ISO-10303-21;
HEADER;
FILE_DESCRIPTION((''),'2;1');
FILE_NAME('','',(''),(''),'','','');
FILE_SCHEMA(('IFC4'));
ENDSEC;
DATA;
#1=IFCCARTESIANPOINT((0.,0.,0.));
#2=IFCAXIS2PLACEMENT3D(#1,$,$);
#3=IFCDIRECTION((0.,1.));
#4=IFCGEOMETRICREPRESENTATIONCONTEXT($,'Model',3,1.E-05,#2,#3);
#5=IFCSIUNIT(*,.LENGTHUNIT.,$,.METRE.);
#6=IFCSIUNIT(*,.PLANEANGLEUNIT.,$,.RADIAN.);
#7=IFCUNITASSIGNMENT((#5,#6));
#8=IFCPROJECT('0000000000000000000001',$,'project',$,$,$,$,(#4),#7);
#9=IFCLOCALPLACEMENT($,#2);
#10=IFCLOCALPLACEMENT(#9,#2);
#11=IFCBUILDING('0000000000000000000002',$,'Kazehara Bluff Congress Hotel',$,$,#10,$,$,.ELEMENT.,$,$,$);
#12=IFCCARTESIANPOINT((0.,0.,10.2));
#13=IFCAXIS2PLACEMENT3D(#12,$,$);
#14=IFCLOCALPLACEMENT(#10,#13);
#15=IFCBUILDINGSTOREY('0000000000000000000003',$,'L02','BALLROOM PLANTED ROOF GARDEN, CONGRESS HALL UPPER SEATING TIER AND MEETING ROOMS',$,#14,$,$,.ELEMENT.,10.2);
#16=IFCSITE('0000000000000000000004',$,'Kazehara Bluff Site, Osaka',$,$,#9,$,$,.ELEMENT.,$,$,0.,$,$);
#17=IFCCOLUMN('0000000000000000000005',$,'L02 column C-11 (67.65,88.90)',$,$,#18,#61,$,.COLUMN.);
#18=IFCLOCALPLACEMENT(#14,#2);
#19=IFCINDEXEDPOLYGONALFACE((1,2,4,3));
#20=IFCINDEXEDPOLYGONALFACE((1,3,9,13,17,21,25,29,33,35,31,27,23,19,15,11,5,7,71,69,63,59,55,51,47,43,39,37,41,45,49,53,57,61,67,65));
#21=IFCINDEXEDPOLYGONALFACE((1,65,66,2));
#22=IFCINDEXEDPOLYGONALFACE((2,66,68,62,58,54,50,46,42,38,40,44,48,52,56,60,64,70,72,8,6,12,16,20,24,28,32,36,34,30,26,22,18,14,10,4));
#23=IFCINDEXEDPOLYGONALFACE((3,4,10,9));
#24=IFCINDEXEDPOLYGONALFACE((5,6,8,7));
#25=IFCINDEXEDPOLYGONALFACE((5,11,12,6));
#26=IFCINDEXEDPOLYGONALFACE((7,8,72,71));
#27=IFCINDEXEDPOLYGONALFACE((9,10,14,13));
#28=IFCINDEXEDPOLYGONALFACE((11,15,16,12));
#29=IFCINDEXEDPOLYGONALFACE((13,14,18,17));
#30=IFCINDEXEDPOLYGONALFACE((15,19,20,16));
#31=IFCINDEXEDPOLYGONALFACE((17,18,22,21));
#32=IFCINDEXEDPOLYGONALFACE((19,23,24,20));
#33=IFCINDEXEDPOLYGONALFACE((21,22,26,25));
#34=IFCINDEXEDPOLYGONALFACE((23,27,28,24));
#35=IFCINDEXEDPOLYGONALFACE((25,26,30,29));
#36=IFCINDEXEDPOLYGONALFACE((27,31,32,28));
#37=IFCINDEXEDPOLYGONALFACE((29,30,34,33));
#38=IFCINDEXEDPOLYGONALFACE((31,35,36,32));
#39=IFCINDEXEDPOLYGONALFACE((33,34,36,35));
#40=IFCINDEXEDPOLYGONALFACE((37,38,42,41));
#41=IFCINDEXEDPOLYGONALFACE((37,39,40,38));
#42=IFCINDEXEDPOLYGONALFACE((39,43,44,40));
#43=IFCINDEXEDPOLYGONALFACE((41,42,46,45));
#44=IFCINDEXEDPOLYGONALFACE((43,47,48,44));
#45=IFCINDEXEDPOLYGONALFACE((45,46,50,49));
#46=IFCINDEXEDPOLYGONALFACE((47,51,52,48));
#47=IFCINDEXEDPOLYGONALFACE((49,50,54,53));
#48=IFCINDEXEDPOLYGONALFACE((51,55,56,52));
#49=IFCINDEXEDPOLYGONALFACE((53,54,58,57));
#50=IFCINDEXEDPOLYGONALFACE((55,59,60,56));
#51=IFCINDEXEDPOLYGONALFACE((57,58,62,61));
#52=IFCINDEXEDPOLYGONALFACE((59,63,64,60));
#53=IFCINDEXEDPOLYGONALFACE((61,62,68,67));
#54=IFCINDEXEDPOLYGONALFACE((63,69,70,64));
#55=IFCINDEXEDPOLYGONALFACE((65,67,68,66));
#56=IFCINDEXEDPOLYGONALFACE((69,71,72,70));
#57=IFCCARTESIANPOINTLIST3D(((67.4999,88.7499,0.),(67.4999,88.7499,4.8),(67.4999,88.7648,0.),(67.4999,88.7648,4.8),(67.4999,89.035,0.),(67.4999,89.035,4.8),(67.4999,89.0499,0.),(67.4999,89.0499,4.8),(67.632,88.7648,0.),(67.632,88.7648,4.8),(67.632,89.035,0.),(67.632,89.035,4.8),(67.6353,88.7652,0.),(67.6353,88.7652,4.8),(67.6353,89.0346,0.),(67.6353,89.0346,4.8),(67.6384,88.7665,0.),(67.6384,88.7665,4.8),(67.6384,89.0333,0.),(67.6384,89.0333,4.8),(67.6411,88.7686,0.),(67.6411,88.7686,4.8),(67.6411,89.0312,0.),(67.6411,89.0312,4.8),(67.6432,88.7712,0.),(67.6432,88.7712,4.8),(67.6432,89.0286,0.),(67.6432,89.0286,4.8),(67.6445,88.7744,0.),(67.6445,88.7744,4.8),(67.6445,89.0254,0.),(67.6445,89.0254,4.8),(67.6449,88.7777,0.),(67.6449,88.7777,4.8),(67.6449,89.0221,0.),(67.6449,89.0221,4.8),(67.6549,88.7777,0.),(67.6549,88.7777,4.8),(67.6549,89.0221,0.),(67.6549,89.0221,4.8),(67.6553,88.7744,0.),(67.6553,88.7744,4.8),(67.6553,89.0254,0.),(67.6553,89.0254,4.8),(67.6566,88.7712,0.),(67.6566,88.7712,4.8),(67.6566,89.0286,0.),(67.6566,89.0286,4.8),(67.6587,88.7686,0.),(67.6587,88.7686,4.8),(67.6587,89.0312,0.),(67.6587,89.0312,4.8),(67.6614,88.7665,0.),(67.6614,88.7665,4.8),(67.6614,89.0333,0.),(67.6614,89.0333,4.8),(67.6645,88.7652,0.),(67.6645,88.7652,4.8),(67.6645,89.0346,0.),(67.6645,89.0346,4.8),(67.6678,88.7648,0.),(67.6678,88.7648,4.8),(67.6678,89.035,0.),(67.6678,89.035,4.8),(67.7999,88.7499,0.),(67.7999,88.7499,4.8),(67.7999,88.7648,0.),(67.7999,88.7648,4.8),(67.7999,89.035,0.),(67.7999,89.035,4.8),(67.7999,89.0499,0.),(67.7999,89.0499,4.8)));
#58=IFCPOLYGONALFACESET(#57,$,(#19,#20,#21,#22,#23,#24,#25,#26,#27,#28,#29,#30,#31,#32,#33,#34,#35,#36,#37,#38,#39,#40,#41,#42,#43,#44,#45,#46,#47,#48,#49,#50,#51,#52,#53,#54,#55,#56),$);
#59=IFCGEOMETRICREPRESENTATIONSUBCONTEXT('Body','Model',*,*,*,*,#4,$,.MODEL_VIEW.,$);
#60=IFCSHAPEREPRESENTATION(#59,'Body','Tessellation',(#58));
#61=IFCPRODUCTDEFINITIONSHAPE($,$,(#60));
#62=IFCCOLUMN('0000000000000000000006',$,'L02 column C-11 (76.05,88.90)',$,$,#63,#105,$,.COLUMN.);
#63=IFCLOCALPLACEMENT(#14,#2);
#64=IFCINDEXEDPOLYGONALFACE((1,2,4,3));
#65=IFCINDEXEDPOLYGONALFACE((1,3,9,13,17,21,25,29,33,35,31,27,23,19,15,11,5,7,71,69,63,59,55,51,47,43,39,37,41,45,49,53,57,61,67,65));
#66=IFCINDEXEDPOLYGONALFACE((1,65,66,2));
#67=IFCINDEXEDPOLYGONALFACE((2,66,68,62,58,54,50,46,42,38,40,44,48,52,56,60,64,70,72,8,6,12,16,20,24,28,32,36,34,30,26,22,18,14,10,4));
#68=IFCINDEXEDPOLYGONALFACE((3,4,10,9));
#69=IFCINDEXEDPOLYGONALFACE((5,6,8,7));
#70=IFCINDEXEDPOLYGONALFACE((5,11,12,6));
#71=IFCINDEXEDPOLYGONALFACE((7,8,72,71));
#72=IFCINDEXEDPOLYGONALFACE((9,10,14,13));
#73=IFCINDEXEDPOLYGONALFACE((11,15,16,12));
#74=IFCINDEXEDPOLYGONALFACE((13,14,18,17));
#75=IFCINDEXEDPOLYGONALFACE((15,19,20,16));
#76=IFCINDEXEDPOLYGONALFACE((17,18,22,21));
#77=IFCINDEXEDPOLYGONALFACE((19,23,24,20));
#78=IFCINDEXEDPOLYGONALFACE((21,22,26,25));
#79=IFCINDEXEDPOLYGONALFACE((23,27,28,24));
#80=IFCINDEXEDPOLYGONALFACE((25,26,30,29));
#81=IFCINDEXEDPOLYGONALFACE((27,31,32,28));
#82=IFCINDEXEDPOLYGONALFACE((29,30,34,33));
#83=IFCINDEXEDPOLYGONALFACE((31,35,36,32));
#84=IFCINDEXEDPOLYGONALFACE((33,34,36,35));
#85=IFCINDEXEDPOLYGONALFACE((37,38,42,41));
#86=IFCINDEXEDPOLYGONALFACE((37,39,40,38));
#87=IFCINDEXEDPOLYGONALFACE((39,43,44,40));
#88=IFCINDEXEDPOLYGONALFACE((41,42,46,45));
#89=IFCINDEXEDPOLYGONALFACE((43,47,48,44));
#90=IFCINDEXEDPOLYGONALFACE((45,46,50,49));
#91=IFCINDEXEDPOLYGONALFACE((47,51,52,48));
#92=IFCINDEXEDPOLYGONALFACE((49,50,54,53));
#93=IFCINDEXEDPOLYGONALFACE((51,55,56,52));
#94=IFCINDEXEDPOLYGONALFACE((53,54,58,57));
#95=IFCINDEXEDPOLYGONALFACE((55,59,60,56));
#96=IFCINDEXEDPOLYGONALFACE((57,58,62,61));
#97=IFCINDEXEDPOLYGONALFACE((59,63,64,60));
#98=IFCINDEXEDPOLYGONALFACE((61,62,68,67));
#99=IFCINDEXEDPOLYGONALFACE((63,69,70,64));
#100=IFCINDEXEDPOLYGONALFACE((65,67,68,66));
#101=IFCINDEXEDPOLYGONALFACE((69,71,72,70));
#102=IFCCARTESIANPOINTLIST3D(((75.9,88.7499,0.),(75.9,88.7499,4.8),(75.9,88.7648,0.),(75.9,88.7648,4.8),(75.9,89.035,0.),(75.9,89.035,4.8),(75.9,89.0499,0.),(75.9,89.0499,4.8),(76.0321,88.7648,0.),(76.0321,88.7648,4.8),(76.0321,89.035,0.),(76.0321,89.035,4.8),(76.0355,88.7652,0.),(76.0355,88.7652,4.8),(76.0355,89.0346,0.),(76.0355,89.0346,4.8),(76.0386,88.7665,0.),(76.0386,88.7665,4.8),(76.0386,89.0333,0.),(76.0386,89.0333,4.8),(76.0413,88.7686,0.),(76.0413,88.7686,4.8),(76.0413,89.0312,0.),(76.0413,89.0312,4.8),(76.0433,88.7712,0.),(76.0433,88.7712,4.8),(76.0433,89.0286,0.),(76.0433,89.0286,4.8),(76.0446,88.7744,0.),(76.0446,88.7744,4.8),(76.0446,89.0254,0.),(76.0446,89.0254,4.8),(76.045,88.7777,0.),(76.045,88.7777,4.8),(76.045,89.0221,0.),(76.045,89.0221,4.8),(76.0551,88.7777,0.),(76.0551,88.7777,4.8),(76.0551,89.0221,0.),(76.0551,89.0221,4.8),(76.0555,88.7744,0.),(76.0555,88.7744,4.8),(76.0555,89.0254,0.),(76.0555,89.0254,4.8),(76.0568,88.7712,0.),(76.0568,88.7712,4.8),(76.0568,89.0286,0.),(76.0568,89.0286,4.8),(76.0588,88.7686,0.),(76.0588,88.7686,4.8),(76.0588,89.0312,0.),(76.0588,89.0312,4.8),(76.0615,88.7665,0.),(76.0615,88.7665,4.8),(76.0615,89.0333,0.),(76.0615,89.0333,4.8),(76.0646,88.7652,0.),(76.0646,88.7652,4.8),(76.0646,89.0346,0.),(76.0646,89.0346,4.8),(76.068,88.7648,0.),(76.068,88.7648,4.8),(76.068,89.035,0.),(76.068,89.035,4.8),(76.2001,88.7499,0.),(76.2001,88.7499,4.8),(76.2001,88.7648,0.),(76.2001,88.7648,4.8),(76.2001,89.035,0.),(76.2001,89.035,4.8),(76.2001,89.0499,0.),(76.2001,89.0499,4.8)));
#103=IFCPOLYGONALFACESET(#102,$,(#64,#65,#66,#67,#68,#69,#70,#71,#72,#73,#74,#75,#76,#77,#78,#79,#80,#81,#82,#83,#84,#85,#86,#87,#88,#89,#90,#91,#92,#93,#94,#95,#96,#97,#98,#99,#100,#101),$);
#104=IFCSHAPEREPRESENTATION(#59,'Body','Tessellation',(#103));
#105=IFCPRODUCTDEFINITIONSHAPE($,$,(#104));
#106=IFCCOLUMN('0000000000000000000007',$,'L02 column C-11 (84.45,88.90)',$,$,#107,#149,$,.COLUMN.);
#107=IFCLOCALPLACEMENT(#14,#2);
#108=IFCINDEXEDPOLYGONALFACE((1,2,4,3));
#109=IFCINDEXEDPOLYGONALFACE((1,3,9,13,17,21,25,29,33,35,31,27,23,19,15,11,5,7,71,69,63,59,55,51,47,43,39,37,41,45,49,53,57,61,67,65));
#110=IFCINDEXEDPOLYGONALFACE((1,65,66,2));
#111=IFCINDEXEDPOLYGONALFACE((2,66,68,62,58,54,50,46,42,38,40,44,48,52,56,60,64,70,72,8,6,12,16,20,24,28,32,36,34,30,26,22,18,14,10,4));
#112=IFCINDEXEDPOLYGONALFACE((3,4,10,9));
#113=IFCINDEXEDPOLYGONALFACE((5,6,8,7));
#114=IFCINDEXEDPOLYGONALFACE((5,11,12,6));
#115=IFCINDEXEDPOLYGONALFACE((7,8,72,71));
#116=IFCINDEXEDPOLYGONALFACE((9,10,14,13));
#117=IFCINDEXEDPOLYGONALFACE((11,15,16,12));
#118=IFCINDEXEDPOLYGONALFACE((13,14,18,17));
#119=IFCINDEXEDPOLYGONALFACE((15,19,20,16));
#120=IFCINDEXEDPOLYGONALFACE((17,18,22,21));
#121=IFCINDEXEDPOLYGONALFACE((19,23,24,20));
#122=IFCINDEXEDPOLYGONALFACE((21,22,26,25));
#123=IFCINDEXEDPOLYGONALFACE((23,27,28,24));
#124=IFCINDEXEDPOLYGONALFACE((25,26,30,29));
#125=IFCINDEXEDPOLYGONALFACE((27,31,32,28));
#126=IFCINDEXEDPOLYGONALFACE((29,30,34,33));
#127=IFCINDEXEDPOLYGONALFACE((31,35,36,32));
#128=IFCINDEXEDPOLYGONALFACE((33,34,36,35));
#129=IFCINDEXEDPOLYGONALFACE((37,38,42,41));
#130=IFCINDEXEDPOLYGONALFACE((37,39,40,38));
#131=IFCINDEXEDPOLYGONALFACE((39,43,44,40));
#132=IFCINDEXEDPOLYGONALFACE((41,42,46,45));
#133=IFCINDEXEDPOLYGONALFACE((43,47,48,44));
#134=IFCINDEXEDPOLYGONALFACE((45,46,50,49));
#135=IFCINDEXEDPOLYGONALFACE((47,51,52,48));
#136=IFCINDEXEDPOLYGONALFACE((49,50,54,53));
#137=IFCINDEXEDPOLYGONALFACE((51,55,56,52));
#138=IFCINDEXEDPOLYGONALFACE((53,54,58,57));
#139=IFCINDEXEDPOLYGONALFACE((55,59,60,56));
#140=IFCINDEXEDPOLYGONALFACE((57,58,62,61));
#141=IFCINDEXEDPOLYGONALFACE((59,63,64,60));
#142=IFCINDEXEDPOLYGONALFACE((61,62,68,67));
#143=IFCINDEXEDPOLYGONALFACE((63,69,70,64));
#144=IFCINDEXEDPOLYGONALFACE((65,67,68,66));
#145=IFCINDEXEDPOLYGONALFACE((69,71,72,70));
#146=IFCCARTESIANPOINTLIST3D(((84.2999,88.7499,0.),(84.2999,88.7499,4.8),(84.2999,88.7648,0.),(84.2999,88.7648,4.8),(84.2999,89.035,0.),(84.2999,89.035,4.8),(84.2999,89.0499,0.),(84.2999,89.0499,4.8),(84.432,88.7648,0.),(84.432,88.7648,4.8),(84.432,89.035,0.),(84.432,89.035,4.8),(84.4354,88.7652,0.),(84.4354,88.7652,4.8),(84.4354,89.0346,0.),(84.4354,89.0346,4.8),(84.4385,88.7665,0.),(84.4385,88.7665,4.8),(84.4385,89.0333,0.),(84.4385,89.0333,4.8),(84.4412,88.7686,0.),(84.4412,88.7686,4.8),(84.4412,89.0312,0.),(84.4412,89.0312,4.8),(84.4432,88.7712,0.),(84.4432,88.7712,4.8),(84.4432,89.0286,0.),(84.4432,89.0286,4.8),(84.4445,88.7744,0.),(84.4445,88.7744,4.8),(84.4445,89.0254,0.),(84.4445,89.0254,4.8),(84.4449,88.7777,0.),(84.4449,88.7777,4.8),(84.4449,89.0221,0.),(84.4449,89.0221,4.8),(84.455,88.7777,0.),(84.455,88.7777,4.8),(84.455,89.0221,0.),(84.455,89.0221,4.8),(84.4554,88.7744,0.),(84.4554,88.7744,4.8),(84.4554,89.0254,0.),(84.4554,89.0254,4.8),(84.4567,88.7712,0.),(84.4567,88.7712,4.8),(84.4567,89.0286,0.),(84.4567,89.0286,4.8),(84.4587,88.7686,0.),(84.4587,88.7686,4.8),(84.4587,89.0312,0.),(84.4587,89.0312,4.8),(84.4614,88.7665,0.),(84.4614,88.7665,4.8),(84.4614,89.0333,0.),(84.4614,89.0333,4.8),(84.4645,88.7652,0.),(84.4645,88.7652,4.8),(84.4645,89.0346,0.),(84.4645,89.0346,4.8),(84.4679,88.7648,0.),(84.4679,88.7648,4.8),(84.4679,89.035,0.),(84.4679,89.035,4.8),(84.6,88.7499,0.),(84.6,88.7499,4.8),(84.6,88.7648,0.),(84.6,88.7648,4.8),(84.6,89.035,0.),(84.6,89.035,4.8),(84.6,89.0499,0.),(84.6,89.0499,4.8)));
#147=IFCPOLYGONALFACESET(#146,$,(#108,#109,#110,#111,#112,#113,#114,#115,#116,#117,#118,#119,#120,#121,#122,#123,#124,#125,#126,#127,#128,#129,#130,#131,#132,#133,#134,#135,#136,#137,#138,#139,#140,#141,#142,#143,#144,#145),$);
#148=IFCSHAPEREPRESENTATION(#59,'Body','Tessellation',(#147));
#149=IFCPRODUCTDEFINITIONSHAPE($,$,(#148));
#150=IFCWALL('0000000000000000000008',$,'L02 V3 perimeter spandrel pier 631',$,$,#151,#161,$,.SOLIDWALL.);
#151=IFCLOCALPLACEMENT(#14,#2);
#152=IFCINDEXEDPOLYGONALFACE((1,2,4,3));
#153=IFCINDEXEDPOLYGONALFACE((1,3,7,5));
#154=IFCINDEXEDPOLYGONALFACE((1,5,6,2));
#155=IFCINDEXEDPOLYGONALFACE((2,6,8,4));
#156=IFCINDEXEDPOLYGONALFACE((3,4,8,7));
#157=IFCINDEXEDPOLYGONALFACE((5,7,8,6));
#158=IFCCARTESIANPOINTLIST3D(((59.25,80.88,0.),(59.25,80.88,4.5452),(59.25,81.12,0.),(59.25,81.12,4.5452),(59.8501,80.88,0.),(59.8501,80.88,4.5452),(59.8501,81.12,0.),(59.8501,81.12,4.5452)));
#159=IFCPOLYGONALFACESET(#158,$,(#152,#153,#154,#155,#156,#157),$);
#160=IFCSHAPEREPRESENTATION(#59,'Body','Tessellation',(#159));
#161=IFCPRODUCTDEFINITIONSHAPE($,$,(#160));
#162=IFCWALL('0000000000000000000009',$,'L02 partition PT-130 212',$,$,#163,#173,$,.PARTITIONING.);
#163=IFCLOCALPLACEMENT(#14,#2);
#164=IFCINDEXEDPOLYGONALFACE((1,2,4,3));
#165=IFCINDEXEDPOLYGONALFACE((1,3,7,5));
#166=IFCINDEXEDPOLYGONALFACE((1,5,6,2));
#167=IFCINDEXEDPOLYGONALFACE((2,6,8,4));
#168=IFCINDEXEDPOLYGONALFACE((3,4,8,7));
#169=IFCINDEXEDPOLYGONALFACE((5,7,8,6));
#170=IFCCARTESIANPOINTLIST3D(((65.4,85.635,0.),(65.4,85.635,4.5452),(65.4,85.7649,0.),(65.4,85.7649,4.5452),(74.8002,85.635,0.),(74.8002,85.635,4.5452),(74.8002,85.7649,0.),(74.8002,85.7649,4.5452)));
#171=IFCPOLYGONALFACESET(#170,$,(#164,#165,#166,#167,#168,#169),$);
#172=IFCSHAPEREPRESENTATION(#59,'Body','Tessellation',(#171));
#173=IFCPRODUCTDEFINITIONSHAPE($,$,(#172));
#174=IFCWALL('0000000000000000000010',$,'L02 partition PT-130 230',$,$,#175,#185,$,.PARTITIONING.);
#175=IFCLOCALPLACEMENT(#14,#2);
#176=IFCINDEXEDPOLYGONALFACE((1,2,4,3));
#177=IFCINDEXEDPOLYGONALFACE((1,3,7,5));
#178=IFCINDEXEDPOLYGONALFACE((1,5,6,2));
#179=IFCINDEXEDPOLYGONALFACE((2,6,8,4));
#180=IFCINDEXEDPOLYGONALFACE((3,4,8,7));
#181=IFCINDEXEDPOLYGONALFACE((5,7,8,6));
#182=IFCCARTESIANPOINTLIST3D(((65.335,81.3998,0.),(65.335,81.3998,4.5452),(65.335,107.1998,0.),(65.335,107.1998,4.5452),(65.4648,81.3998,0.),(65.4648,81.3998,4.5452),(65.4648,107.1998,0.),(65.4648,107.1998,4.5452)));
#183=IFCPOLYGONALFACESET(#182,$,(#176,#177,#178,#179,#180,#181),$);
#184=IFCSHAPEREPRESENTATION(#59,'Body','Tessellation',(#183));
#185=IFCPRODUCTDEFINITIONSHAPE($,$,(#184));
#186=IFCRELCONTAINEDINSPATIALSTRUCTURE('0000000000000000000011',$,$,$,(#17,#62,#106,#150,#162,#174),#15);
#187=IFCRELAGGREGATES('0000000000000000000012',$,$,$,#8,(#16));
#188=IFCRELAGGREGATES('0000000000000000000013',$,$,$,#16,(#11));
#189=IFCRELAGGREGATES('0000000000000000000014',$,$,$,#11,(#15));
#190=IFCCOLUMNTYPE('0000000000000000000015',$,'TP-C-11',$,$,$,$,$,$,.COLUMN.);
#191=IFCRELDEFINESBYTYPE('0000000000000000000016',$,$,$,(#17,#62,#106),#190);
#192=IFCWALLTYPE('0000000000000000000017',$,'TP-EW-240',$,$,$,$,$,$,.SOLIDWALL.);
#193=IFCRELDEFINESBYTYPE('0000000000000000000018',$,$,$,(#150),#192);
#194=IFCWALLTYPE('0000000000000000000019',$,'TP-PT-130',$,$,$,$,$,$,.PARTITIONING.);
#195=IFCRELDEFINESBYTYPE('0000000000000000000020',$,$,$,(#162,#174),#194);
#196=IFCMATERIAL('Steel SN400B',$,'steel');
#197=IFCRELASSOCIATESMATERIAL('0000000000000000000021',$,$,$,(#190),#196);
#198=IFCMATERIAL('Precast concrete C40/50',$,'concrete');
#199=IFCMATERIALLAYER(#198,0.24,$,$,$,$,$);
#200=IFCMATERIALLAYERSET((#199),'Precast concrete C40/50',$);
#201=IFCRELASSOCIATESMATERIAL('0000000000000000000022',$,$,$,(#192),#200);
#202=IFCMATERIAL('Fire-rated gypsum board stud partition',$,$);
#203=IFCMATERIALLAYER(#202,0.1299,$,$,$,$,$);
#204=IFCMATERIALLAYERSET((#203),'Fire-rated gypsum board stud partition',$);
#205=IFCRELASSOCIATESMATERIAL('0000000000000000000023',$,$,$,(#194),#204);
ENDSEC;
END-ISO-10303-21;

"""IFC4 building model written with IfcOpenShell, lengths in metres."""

from ifc_helpers import new_model, si_unit, direction, frame, frame_2d, origin, origin_2d, place, context, subcontext, project, spatial, rectangle, i_section, extrude, material, layer, layer_set, material_profile, profile_set, type_object, element, save


model = new_model("IFC4")

# Units and contexts
model_context = context("Model", 3, precision=1e-05, world=origin(), true_north=direction((0.0, 1.0)))
body_context = subcontext(model_context, "Body", "Model", "MODEL_VIEW")
ifc_project = project(units=[si_unit("LENGTHUNIT", "METRE"), si_unit("PLANEANGLEUNIT", "RADIAN")], contexts=[model_context])

# Site, building, storey
site_placement = place(None, origin())
site = spatial("IfcSite", under=ifc_project, at=site_placement, Name="Kazehara Bluff Site, Osaka", CompositionType="ELEMENT", RefElevation=0.0)
building_placement = place(site_placement, origin())
building = spatial("IfcBuilding", under=site, at=building_placement, Name="Kazehara Bluff Congress Hotel", CompositionType="ELEMENT")
storey_placement = place(building_placement, frame((0.0, 0.0, 10.2)))
storey = spatial("IfcBuildingStorey", under=building, at=storey_placement, Name="L02", Description="BALLROOM PLANTED ROOF GARDEN, CONGRESS HALL UPPER SEATING TIER AND MEETING ROOMS", CompositionType="ELEMENT", Elevation=10.2)

# Columns
ifc_material_1 = material(Name="Steel SN400B", Category="steel")
ifc_material_profile = material_profile(ifc_material_1, i_section(OverallWidth=0.3, OverallDepth=0.3, WebThickness=0.01, FlangeThickness=0.0149, FilletRadius=0.0129, at=origin_2d()))
ifc_profile_set = profile_set([ifc_material_profile], Name="Steel SN400B")
column_type = type_object("IfcColumnType", Name="TP-C-11", PredefinedType="COLUMN", material=ifc_profile_set)
for number, where, z_axis, x_axis, name in (
    (1, (67.6499, 88.8999, 0.0), (0.0, 0.0, 1.0), (1.0, 0.0, 0.0), "L02 column C-11 (67.65,88.90)"),
    (2, (76.05, 88.8999, 0.0), (0.0, 0.0, 1.0), (1.0, 0.0, 0.0), "L02 column C-11 (76.05,88.90)"),
    (3, (84.45, 88.8999, 0.0), (0.0, 0.0, 1.0), (1.0, 0.0, 0.0), "L02 column C-11 (84.45,88.90)"),
):
    element("IfcColumn", number, at=place(storey_placement, frame(where, z_axis=z_axis, x_axis=x_axis)), inside=storey, type_object=column_type, Name=name, PredefinedType="COLUMN", context=body_context, shape_type="SweptSolid", body=[
        extrude(i_section(OverallWidth=0.3, OverallDepth=0.3, WebThickness=0.01, FlangeThickness=0.0149, FilletRadius=0.0129, at=origin_2d()), origin(), (0.0, 0.0, 1.0), 4.8),
    ])

# Walls
ifc_material_2 = material(Name="Precast concrete C40/50", Category="concrete")
ifc_layer_1 = layer(ifc_material_2, 0.24)
ifc_layer_set_1 = layer_set([ifc_layer_1], Name="Precast concrete C40/50")
wall_type_1 = type_object("IfcWallType", Name="TP-EW-240", PredefinedType="SOLIDWALL", material=ifc_layer_set_1)
wall_1_placement = place(storey_placement, frame((59.8501, 81.0, 0.0), z_axis=(0.0, 0.0, 1.0), x_axis=(-1.0, 0.0, 0.0)))
element("IfcWall", 4, at=wall_1_placement, inside=storey, type_object=wall_type_1, Name="L02 V3 perimeter spandrel pier 631", PredefinedType="SOLIDWALL", context=body_context, shape_type="SweptSolid", body=[
    extrude(rectangle(XDim=0.6001, YDim=0.24, at=frame_2d((0.3, 0.0))), origin(), (0.0, 0.0, 1.0), 4.5452),
])
ifc_material_3 = material(Name="Fire-rated gypsum board stud partition")
ifc_layer_2 = layer(ifc_material_3, 0.1299)
ifc_layer_set_2 = layer_set([ifc_layer_2], Name="Fire-rated gypsum board stud partition")
wall_type_2 = type_object("IfcWallType", Name="TP-PT-130", PredefinedType="PARTITIONING", material=ifc_layer_set_2)
wall_2_placement = place(storey_placement, frame((65.3999, 85.7, 0.0), z_axis=(0.0, 0.0, 1.0), x_axis=(1.0, 0.0, 0.0)))
element("IfcWall", 5, at=wall_2_placement, inside=storey, type_object=wall_type_2, Name="L02 partition PT-130 212", PredefinedType="PARTITIONING", context=body_context, shape_type="SweptSolid", body=[
    extrude(rectangle(XDim=9.4001, YDim=0.1299, at=frame_2d((4.7002, 0.0))), origin(), (0.0, 0.0, 1.0), 4.5452),
])
wall_3_placement = place(storey_placement, frame((65.3999, 81.3999, 0.0), z_axis=(0.0, 0.0, 1.0), x_axis=(0.0, 1.0, 0.0)))
element("IfcWall", 6, at=wall_3_placement, inside=storey, type_object=wall_type_2, Name="L02 partition PT-130 230", PredefinedType="PARTITIONING", context=body_context, shape_type="SweptSolid", body=[
    extrude(rectangle(XDim=25.8, YDim=0.1299, at=frame_2d((12.8999, 0.0))), origin(), (0.0, 0.0, 1.0), 4.5452),
])

save(model, "model.ifc")
